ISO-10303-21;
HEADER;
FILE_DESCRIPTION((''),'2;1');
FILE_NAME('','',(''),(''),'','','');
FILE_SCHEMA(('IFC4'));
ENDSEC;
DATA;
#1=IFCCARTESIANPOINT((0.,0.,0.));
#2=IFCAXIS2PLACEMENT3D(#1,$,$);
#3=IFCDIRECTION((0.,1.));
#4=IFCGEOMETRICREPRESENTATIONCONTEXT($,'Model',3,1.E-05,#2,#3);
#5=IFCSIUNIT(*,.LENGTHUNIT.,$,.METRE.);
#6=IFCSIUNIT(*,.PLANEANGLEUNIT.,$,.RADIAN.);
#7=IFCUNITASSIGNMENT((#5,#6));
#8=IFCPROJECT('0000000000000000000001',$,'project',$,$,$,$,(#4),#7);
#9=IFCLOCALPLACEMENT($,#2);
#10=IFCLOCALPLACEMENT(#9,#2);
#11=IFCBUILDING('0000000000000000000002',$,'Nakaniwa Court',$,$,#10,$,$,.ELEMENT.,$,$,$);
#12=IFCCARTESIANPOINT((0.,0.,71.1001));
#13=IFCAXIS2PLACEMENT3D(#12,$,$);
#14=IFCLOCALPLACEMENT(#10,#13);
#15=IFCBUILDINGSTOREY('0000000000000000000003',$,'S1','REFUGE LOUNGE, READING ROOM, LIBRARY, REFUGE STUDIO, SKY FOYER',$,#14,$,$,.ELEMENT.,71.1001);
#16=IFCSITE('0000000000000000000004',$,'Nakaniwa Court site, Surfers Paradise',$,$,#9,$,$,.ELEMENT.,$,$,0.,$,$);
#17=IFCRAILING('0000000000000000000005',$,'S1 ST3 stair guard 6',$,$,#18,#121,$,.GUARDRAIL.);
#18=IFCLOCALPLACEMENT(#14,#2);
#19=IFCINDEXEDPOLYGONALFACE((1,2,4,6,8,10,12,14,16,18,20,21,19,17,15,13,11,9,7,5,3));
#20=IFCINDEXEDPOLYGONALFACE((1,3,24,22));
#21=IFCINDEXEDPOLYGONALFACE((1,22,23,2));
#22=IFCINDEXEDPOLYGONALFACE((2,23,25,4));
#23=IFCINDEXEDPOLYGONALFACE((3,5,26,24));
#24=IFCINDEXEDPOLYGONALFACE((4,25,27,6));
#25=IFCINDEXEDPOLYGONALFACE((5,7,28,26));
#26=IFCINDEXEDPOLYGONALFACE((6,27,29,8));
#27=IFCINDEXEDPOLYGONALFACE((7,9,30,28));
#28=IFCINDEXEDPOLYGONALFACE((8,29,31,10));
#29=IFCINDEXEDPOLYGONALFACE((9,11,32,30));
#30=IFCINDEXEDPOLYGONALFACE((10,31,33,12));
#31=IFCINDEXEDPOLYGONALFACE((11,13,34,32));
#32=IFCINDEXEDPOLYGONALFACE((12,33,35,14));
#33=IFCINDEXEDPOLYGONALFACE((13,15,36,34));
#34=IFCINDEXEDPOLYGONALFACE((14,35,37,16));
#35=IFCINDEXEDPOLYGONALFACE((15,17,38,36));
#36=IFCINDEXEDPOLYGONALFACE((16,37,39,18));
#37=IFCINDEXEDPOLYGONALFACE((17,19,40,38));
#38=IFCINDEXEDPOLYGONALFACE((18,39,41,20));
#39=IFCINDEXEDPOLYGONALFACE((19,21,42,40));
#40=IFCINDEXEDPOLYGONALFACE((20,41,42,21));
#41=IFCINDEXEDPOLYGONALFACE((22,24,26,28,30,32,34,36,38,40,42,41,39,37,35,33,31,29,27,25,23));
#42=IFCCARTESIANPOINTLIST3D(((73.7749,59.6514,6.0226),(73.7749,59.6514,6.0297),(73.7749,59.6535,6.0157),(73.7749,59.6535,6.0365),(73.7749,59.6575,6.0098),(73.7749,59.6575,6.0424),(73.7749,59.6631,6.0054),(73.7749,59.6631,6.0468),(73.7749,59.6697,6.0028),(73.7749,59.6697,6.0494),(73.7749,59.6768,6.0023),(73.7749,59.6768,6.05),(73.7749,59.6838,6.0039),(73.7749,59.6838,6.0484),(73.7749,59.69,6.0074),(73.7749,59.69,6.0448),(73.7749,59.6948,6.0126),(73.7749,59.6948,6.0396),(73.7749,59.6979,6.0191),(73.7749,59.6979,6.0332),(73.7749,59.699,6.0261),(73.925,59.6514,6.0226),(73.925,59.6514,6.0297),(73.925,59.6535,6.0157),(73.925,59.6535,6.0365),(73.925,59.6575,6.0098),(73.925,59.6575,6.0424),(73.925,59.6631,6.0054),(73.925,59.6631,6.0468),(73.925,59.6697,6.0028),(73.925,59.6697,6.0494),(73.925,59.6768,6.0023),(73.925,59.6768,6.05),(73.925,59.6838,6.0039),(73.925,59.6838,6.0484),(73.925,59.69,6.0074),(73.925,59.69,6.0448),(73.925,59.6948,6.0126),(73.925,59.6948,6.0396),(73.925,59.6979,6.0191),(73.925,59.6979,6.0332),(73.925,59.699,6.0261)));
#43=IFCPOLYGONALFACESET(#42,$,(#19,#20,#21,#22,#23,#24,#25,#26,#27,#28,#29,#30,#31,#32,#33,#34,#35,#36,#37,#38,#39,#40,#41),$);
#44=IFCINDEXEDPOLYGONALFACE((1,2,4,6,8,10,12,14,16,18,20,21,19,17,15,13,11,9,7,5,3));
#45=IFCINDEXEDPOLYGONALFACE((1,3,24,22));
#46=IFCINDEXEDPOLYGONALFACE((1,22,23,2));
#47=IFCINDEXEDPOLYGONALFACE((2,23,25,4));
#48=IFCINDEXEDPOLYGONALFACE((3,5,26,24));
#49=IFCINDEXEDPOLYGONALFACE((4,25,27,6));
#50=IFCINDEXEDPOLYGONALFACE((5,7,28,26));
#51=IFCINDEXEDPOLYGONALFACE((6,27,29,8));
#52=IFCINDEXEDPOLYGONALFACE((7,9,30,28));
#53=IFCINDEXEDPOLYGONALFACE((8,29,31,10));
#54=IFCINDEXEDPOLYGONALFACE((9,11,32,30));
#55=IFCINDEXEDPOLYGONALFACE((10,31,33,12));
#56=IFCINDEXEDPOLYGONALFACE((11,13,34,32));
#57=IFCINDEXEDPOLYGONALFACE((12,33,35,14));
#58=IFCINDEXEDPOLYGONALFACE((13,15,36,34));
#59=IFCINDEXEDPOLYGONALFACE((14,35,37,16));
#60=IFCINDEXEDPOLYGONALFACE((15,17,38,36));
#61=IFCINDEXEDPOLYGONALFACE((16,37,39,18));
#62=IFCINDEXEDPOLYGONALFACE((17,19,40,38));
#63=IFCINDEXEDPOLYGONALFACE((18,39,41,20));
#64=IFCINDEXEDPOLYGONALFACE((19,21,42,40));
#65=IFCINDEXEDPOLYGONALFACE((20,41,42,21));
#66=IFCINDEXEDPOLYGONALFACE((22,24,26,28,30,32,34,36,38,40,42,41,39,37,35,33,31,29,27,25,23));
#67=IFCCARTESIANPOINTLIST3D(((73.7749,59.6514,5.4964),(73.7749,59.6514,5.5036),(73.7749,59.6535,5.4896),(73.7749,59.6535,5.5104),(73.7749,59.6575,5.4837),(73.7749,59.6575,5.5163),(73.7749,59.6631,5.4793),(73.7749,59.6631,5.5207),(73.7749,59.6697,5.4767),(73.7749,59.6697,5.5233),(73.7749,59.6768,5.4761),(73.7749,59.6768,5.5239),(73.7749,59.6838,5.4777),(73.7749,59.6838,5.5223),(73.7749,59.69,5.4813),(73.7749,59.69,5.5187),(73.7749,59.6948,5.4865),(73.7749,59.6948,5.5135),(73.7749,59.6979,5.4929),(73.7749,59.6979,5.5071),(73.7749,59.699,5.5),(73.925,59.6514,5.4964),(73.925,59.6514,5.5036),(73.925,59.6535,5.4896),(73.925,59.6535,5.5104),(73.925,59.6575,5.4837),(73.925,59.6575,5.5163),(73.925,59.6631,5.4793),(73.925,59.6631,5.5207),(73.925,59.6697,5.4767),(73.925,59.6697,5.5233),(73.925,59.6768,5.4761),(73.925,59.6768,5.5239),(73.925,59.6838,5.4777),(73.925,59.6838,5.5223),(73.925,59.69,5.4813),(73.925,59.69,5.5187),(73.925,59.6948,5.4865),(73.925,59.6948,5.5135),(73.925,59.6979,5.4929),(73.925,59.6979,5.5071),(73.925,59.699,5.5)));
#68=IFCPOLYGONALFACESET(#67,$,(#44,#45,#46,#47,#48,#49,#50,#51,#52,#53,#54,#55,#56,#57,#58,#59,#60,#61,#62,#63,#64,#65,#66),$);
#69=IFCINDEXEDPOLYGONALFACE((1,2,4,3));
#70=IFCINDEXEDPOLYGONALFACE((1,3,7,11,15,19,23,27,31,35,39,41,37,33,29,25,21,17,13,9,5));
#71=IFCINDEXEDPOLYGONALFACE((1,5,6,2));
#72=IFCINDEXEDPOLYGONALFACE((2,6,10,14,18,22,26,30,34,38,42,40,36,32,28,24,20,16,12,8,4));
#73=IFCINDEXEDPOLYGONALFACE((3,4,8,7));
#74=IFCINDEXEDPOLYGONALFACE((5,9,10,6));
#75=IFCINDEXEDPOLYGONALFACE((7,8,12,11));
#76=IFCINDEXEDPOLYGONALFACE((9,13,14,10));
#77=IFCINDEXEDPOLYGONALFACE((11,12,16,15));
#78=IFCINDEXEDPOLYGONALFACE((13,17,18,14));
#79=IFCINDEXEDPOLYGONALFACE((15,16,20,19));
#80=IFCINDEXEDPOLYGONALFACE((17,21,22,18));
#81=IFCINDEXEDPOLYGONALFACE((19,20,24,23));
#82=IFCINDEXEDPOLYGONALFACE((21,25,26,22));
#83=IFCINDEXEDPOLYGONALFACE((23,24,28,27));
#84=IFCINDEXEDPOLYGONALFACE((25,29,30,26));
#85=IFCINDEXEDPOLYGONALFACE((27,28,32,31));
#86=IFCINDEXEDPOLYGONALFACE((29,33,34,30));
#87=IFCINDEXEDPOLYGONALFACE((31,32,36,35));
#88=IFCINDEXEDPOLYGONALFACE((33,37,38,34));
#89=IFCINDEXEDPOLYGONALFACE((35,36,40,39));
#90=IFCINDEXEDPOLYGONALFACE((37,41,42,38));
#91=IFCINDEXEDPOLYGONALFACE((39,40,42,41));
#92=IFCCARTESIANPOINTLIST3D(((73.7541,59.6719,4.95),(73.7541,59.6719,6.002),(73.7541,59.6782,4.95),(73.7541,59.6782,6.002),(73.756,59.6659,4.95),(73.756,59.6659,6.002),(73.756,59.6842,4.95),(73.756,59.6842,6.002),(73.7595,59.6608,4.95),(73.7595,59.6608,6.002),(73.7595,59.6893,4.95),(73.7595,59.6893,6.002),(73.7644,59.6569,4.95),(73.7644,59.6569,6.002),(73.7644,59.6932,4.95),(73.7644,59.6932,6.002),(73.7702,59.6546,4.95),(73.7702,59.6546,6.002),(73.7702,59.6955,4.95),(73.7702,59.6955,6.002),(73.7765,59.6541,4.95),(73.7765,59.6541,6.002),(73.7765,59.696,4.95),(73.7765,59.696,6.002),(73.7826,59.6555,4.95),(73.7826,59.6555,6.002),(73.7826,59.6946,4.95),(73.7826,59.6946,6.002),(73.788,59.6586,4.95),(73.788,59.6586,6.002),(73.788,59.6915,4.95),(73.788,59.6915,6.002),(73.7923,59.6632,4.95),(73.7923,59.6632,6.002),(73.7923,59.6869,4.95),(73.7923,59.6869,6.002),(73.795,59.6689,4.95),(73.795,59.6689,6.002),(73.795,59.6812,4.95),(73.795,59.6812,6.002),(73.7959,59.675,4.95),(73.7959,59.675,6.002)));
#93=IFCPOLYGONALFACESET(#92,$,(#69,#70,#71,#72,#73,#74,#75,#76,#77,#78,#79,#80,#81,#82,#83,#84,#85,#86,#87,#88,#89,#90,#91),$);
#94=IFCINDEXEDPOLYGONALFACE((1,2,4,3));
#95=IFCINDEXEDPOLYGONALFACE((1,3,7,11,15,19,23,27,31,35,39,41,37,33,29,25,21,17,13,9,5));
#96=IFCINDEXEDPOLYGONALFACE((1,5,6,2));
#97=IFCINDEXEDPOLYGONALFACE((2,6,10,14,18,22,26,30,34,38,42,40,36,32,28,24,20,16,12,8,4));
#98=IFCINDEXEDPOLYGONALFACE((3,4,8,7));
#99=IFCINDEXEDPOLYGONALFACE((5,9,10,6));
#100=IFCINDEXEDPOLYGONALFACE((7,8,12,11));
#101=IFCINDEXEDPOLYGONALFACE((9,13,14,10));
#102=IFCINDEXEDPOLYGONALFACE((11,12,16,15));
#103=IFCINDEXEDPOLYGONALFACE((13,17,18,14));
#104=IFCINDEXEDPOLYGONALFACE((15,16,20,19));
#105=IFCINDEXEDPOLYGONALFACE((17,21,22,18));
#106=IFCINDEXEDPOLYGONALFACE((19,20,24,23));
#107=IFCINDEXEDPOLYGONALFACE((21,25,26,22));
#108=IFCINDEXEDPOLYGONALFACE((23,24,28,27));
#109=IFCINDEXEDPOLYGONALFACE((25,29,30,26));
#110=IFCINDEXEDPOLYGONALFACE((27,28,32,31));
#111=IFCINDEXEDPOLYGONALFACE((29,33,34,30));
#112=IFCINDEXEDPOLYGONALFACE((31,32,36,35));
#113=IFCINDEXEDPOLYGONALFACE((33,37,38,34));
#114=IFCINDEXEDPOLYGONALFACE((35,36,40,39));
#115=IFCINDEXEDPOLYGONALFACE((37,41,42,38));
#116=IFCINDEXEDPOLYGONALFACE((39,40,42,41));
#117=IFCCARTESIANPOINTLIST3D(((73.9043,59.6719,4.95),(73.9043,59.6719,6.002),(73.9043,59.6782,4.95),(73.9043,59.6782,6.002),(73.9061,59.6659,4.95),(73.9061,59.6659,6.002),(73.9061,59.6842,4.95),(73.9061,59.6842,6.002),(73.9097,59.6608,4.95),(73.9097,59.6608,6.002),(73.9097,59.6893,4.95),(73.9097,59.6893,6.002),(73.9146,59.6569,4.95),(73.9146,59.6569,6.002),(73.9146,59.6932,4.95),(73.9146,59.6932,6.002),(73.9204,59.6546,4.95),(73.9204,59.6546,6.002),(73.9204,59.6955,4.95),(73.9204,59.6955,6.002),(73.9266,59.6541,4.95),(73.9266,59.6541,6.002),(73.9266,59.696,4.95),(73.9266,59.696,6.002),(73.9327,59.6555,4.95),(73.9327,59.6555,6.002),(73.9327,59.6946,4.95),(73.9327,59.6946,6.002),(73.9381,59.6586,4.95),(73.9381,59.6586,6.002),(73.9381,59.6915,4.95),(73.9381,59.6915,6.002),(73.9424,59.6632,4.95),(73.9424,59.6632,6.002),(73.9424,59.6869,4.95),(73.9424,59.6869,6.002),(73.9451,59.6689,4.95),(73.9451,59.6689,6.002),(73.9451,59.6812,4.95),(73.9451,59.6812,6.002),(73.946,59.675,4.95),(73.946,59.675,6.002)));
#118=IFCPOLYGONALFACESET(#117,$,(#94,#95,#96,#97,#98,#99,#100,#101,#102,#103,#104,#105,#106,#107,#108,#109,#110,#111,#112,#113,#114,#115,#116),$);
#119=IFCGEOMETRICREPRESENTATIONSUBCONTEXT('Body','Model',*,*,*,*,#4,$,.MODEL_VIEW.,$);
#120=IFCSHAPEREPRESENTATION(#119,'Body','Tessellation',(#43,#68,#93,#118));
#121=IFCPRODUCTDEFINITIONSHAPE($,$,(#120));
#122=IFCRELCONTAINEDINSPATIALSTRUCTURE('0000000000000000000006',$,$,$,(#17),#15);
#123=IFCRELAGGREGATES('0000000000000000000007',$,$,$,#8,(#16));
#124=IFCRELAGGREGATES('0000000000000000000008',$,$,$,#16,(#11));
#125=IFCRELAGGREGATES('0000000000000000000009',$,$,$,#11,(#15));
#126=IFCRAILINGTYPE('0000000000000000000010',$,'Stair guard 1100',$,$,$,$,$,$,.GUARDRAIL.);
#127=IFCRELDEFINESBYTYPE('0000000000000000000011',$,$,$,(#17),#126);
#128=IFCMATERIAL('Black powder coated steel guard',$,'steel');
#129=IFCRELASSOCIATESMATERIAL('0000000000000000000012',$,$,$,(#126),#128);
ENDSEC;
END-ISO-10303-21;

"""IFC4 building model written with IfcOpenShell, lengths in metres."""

from ifc_helpers import new_model, si_unit, direction, frame, origin, origin_2d, place, context, subcontext, project, spatial, circle, extrude, material, type_object, element, save


model = new_model("IFC4")

# Units and contexts
model_context = context("Model", 3, precision=1e-05, world=origin(), true_north=direction((0.0, 1.0)))
body_context = subcontext(model_context, "Body", "Model", "MODEL_VIEW")
ifc_project = project(units=[si_unit("LENGTHUNIT", "METRE"), si_unit("PLANEANGLEUNIT", "RADIAN")], contexts=[model_context])

# Site, building, storey
site_placement = place(None, origin())
site = spatial("IfcSite", under=ifc_project, at=site_placement, Name="Nakaniwa Court site, Surfers Paradise", CompositionType="ELEMENT", RefElevation=0.0)
building_placement = place(site_placement, origin())
building = spatial("IfcBuilding", under=site, at=building_placement, Name="Nakaniwa Court", CompositionType="ELEMENT")
storey_placement = place(building_placement, frame((0.0, 0.0, 71.1001)))
storey = spatial("IfcBuildingStorey", under=building, at=storey_placement, Name="S1", Description="REFUGE LOUNGE, READING ROOM, LIBRARY, REFUGE STUDIO, SKY FOYER", CompositionType="ELEMENT", Elevation=71.1001)

# Railing
ifc_material_1 = material(Name="Black powder coated steel guard", Category="steel")
railing_type_1 = type_object("IfcRailingType", Name="Stair guard 1100", PredefinedType="GUARDRAIL", material=ifc_material_1)
railing_1_placement = place(storey_placement, frame((73.7749, 59.675, 4.95)))
element("IfcRailing", 1, at=railing_1_placement, inside=storey, type_object=railing_type_1, Name="S1 ST3 stair guard 6", PredefinedType="GUARDRAIL", context=body_context, shape_type="SweptSolid", body=[
    extrude(circle(Radius=0.0239, at=origin_2d()), frame((0.0, 0.0, 1.0762), z_axis=(1.0, 0.0, 0.0), x_axis=(0.0, 1.0, 0.0)), (0.0, 0.0, 1.0), 0.1501),
    extrude(circle(Radius=0.0239, at=origin_2d()), frame((0.0, 0.0, 0.55), z_axis=(1.0, 0.0, 0.0), x_axis=(0.0, 1.0, 0.0)), (0.0, 0.0, 1.0), 0.1501),
    extrude(circle(Radius=0.021, at=origin_2d()), origin(), (0.0, 0.0, 1.0), 1.052),
    extrude(circle(Radius=0.021, at=origin_2d()), frame((0.1501, 0.0, 0.0)), (0.0, 0.0, 1.0), 1.052),
])

save(model, "model.ifc")
